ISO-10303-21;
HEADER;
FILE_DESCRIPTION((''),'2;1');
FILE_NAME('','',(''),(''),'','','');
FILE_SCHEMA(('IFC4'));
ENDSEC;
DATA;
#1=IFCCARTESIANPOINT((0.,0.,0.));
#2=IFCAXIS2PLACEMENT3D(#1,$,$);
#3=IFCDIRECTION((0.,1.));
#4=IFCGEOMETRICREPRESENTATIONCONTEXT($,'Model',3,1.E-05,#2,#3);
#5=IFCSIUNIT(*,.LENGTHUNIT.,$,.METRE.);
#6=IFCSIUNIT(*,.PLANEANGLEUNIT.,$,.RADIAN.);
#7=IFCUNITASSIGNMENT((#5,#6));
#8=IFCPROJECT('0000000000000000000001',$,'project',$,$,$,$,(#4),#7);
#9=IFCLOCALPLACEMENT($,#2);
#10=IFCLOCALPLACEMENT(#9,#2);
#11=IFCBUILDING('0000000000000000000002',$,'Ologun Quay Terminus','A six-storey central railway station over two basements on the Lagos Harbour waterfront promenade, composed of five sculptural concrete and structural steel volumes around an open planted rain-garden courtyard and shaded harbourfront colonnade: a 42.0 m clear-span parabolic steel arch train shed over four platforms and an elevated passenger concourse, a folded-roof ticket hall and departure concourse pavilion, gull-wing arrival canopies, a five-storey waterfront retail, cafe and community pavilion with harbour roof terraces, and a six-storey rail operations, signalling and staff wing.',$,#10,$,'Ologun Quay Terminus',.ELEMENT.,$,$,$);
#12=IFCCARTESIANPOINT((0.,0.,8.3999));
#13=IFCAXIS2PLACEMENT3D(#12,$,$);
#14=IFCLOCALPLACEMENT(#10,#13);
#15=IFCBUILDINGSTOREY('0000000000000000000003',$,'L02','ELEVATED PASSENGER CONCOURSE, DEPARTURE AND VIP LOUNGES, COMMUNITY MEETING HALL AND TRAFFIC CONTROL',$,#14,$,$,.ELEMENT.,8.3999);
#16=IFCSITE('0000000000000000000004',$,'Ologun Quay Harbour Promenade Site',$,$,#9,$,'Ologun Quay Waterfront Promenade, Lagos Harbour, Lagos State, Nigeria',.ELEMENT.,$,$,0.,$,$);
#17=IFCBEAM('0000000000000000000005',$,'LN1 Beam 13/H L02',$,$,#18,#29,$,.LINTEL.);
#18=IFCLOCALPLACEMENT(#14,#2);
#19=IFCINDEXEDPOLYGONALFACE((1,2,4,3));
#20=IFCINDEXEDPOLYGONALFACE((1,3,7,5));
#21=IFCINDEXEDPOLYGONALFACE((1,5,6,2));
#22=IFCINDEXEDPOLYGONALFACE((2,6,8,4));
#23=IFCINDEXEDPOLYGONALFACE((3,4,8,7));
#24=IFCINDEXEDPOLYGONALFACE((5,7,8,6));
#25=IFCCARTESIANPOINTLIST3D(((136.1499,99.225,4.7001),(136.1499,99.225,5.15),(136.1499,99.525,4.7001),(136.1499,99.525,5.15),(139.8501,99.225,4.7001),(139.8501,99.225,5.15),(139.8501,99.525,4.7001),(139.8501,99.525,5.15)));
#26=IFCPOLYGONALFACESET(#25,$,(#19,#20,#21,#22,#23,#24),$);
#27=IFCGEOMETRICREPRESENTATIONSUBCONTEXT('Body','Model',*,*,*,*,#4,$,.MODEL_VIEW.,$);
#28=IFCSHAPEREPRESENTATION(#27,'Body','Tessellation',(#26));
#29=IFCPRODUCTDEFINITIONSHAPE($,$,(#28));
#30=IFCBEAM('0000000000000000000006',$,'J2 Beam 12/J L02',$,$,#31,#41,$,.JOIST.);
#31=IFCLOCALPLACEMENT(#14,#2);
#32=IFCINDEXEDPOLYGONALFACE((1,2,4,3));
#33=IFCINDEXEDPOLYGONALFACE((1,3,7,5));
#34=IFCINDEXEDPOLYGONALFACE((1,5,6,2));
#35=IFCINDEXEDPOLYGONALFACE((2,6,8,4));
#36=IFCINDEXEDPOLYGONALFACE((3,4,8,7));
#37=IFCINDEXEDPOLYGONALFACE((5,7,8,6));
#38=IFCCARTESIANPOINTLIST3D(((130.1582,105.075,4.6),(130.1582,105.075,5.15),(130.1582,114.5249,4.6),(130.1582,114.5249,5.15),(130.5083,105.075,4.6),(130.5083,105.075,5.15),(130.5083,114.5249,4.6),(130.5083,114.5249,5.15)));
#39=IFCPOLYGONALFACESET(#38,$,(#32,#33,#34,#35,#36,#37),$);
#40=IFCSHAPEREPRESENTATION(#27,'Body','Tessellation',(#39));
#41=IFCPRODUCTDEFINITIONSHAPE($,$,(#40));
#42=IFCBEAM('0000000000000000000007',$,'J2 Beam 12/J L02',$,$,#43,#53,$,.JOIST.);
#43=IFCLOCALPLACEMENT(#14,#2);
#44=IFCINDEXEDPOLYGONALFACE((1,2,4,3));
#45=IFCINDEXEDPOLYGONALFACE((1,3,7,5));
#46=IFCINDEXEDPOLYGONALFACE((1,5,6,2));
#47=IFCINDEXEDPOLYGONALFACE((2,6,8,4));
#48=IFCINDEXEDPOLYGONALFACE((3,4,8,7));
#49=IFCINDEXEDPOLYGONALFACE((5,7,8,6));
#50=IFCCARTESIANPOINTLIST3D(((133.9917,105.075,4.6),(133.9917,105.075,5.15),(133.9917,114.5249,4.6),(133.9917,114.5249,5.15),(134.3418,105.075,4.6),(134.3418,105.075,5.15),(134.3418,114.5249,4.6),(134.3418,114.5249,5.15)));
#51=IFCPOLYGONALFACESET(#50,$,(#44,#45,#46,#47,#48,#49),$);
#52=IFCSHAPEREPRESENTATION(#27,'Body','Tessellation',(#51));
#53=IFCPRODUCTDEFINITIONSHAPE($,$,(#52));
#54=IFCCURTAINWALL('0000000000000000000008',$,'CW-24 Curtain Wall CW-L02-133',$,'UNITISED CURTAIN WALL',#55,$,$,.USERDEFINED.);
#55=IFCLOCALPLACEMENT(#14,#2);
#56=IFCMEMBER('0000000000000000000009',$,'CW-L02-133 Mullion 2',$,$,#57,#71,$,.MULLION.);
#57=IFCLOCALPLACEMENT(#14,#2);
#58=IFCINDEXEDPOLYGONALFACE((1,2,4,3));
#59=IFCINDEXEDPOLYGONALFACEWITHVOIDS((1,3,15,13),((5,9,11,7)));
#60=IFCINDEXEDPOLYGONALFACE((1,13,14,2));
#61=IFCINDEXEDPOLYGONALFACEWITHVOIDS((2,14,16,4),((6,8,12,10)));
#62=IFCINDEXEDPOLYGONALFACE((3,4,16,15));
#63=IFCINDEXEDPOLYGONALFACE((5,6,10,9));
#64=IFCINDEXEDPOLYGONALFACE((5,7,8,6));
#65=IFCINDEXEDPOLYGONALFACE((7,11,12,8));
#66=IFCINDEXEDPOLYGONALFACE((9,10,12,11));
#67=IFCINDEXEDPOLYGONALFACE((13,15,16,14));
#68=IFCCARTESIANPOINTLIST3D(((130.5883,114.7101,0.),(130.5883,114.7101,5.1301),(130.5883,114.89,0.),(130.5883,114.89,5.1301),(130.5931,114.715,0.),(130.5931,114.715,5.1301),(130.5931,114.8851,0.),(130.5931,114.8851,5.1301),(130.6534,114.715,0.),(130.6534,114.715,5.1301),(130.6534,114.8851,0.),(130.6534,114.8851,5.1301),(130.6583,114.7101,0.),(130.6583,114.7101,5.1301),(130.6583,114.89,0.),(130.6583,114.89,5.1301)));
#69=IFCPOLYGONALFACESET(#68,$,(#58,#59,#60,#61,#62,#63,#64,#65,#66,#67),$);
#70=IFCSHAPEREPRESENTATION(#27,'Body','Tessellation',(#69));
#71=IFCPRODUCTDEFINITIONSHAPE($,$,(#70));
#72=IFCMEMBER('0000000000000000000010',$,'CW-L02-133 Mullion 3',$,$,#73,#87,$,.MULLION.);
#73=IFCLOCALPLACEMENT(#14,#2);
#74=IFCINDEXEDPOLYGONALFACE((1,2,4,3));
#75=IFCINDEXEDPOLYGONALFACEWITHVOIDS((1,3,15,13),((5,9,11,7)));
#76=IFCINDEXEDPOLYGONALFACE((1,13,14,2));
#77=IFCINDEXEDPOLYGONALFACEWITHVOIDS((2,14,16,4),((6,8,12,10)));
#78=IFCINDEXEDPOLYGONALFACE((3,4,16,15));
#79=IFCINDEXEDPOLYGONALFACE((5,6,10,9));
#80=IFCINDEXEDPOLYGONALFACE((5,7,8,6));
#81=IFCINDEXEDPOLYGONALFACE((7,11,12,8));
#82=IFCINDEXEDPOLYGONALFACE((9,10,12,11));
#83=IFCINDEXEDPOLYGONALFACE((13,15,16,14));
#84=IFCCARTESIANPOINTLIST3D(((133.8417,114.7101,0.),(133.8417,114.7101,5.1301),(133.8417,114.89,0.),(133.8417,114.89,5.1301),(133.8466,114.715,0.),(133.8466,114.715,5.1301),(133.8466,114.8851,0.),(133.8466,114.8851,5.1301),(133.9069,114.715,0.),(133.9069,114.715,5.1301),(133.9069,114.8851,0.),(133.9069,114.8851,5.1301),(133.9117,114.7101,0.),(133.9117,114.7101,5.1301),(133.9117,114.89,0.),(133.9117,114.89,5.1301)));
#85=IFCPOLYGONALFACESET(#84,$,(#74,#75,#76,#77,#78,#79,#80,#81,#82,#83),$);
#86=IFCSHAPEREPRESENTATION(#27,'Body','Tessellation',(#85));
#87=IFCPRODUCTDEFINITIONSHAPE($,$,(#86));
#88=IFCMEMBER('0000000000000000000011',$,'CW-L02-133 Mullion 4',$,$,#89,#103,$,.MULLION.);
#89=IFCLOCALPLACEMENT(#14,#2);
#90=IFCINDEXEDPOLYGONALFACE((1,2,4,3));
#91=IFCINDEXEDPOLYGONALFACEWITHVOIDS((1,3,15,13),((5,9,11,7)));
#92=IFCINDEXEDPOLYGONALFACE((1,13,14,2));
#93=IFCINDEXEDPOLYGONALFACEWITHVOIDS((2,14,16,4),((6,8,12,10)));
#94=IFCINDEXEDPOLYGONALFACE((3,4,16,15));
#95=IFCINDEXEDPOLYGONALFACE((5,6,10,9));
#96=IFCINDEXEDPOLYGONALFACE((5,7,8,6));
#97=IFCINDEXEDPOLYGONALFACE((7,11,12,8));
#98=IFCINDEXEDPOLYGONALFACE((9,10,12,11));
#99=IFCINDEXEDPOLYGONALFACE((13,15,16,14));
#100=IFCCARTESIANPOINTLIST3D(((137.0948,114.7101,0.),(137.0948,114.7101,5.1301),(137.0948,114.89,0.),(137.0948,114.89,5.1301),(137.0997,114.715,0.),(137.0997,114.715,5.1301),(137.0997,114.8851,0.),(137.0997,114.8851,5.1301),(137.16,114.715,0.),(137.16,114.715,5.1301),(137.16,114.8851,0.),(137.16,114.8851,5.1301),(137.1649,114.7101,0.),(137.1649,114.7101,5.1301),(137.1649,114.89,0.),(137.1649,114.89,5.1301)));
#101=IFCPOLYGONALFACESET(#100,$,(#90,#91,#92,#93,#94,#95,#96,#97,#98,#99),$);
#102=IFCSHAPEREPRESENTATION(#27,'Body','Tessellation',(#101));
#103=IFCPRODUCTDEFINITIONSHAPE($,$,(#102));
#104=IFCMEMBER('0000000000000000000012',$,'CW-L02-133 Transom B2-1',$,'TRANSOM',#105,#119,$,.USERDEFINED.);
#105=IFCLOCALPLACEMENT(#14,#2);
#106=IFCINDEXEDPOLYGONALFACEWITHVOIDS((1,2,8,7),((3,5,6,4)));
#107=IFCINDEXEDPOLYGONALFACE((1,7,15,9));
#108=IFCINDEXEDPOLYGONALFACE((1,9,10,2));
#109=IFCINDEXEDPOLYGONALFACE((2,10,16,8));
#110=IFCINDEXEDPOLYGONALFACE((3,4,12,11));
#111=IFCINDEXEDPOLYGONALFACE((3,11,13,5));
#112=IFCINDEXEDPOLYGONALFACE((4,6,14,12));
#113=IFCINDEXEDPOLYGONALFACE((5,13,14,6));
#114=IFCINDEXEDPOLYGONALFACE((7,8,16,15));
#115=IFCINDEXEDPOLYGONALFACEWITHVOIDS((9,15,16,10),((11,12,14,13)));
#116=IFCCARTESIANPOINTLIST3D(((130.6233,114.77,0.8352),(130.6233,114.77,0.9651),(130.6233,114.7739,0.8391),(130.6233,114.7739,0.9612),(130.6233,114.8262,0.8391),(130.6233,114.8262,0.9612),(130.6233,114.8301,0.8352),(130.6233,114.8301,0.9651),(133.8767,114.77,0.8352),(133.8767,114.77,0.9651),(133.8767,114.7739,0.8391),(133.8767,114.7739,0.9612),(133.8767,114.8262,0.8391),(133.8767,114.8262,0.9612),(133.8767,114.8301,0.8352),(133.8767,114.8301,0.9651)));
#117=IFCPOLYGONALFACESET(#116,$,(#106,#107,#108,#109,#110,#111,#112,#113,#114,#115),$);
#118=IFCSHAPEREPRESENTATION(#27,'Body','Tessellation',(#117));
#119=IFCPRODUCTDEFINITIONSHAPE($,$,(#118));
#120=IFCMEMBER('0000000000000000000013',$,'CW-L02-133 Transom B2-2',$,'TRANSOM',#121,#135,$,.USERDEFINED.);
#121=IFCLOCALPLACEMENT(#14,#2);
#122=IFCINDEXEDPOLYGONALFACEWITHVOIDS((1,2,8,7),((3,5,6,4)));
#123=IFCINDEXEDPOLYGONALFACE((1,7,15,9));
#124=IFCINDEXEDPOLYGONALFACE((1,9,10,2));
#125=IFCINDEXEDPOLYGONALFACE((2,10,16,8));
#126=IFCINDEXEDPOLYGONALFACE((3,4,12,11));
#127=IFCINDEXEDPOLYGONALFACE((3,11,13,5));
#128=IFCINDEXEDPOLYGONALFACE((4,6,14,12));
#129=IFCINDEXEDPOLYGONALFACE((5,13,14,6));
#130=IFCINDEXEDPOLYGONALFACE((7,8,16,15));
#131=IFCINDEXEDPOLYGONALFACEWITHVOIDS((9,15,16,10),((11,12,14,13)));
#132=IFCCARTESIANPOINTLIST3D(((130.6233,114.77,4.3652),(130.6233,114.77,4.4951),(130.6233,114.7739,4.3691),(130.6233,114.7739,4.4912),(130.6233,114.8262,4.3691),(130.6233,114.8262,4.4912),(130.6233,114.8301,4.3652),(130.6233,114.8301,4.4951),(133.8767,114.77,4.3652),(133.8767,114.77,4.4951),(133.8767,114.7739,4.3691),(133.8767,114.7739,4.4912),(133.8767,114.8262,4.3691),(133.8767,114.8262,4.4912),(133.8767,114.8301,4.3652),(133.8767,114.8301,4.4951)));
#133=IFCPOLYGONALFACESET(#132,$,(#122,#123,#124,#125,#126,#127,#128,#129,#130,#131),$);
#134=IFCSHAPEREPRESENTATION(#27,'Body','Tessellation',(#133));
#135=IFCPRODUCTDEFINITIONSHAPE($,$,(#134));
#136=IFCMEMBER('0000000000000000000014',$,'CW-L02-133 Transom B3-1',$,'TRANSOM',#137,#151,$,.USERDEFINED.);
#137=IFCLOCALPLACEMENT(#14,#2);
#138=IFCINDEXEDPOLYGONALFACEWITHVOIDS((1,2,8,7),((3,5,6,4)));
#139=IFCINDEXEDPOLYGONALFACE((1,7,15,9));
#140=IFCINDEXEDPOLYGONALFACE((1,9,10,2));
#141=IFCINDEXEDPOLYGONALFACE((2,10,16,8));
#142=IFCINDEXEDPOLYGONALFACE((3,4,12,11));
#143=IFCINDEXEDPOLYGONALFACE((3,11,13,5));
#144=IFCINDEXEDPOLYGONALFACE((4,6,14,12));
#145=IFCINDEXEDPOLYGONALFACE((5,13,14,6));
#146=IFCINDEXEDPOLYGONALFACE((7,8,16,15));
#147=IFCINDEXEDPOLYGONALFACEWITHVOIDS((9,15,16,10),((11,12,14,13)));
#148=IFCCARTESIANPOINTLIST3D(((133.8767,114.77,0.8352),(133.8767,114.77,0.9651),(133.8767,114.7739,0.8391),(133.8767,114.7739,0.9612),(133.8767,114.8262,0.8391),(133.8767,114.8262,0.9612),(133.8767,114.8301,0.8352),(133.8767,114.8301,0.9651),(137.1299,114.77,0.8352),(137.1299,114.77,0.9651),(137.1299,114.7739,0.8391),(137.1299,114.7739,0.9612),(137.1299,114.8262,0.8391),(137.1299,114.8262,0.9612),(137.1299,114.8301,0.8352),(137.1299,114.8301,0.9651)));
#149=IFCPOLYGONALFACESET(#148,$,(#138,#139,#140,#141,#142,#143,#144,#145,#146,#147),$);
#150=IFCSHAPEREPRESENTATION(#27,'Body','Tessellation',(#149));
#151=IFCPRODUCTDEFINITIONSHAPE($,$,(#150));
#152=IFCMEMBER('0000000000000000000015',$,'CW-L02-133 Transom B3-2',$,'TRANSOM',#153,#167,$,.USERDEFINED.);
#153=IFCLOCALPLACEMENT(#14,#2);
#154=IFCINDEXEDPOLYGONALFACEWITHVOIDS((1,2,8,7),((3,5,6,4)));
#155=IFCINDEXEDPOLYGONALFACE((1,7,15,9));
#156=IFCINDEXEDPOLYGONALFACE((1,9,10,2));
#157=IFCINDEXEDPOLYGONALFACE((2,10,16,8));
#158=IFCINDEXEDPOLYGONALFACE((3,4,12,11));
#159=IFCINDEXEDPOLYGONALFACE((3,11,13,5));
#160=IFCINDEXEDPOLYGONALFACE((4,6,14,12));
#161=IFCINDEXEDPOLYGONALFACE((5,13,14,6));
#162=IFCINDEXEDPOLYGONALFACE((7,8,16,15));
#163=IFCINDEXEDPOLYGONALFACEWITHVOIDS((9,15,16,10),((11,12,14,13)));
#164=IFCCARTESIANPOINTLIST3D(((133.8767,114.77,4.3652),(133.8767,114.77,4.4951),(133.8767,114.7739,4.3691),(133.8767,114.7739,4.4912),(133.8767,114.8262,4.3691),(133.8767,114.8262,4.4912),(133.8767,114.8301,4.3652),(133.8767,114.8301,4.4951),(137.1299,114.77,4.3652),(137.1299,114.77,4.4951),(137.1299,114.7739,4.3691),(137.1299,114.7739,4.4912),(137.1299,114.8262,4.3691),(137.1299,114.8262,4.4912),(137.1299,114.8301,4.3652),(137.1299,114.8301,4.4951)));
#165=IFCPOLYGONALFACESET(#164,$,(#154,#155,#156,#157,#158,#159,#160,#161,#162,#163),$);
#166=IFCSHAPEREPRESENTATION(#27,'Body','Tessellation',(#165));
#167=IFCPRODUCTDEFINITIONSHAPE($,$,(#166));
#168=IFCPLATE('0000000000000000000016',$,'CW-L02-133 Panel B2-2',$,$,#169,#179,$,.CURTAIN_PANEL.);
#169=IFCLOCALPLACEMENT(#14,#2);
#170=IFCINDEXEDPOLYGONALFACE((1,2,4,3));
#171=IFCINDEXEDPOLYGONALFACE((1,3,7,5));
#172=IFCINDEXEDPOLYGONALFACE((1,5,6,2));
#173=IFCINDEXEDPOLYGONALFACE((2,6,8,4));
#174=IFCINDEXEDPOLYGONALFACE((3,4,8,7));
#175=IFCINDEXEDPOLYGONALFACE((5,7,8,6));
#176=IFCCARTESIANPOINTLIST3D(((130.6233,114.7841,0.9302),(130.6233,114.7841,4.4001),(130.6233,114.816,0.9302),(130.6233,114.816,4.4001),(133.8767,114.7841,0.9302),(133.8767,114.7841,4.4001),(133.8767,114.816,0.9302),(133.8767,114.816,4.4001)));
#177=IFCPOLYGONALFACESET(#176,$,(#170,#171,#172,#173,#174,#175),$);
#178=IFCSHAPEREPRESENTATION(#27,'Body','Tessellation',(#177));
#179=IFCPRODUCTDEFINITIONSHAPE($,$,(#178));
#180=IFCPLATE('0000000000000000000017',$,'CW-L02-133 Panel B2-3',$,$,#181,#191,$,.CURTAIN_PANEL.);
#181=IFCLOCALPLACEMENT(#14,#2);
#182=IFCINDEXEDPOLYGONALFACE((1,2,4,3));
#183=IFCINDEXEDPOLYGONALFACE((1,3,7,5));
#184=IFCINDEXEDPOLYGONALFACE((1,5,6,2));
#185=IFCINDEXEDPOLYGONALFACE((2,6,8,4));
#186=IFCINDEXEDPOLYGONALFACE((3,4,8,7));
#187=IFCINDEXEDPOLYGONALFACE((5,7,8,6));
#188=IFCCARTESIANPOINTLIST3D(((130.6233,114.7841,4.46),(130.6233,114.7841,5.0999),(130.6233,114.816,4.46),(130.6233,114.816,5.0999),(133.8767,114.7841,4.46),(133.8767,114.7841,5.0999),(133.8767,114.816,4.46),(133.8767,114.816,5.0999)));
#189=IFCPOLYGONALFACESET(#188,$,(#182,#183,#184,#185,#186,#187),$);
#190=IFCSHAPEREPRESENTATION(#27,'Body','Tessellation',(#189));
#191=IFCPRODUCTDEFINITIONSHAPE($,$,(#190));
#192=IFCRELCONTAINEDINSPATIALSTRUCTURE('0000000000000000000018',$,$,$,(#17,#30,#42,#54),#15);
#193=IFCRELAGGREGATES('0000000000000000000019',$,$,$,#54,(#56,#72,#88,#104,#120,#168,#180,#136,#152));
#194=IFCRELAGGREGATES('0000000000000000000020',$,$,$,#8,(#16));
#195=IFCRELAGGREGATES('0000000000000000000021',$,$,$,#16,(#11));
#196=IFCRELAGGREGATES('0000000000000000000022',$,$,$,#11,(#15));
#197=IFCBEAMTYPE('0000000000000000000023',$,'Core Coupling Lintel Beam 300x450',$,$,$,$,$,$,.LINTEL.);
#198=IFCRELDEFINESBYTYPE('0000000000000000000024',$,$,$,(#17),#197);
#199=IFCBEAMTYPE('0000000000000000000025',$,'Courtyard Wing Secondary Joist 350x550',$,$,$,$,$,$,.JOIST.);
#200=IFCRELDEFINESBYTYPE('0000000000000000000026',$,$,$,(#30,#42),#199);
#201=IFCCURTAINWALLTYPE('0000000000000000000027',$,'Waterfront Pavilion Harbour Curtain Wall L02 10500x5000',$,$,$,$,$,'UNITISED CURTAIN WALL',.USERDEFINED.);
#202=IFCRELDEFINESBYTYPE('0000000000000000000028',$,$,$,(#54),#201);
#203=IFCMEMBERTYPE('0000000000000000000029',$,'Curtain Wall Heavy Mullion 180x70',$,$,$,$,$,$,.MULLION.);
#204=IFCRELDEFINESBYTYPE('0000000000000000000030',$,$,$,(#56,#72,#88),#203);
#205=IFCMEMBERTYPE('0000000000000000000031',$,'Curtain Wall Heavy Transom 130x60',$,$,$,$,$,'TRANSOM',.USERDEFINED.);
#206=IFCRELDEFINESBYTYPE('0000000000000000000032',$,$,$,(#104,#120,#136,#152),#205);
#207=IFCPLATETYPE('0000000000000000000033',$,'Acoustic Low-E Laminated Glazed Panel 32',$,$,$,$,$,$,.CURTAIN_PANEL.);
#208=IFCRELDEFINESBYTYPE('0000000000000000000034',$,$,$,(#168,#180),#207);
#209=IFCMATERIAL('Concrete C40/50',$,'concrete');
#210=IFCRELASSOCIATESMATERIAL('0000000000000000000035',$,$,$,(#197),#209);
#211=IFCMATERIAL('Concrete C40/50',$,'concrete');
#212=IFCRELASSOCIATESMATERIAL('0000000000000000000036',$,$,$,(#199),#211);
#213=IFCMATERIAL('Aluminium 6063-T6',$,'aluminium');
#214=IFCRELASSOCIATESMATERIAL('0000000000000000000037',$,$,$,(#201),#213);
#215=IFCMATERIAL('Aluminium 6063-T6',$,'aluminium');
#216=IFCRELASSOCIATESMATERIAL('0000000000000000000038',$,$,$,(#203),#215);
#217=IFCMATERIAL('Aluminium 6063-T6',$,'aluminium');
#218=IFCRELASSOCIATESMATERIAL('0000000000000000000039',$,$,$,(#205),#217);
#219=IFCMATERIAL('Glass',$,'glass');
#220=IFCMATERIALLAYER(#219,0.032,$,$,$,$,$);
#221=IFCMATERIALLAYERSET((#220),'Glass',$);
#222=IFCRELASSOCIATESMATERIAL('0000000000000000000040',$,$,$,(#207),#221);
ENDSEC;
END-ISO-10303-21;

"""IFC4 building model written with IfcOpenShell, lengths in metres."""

from ifc_helpers import new_model, si_unit, direction, frame, origin, origin_2d, place, context, subcontext, project, spatial, rectangle, hollow_rectangle, extrude, material, layer, layer_set, material_profile, profile_set, type_object, element, aggregate, save


model = new_model("IFC4")

# Units and contexts
model_context = context("Model", 3, precision=1e-05, world=origin(), true_north=direction((0.0, 1.0)))
body_context = subcontext(model_context, "Body", "Model", "MODEL_VIEW")
ifc_project = project(units=[si_unit("LENGTHUNIT", "METRE"), si_unit("PLANEANGLEUNIT", "RADIAN")], contexts=[model_context])

# Site, building, storey
site_placement = place(None, origin())
site = spatial("IfcSite", under=ifc_project, at=site_placement, Name="Ologun Quay Harbour Promenade Site", LongName="Ologun Quay Waterfront Promenade, Lagos Harbour, Lagos State, Nigeria", CompositionType="ELEMENT", RefElevation=0.0)
building_placement = place(site_placement, origin())
building = spatial("IfcBuilding", under=site, at=building_placement, Name="Ologun Quay Terminus", Description="A six-storey central railway station over two basements on the Lagos Harbour waterfront promenade, composed of five sculptural concrete and structural steel volumes around an open planted rain-garden courtyard and shaded harbourfront colonnade: a 42.0 m clear-span parabolic steel arch train shed over four platforms and an elevated passenger concourse, a folded-roof ticket hall and departure concourse pavilion, gull-wing arrival canopies, a five-storey waterfront retail, cafe and community pavilion with harbour roof terraces, and a six-storey rail operations, signalling and staff wing.", LongName="Ologun Quay Terminus", CompositionType="ELEMENT")
storey_placement = place(building_placement, frame((0.0, 0.0, 8.3999)))
storey = spatial("IfcBuildingStorey", under=building, at=storey_placement, Name="L02", Description="ELEVATED PASSENGER CONCOURSE, DEPARTURE AND VIP LOUNGES, COMMUNITY MEETING HALL AND TRAFFIC CONTROL", CompositionType="ELEMENT", Elevation=8.3999)

# Beams
ifc_material_1 = material(Name="Concrete C40/50", Category="concrete")
ifc_material_profile_1 = material_profile(ifc_material_1, rectangle(XDim=0.3, YDim=0.45, at=origin_2d()), Name="RC 300x450")
ifc_profile_set_1 = profile_set([ifc_material_profile_1], Name="Concrete C40/50")
beam_type_1 = type_object("IfcBeamType", Name="Core Coupling Lintel Beam 300x450", PredefinedType="LINTEL", material=ifc_profile_set_1)
beam_placement = place(storey_placement, frame((136.1499, 99.375, 4.925), z_axis=(1.0, 0.0, 0.0), x_axis=(0.0, 1.0, 0.0)))
element("IfcBeam", 1, at=beam_placement, inside=storey, type_object=beam_type_1, Name="LN1 Beam 13/H L02", PredefinedType="LINTEL", context=body_context, shape_type="SweptSolid", body=[
    extrude(rectangle(XDim=0.3, YDim=0.45, at=origin_2d()), origin(), (0.0, 0.0, 1.0), 3.7002),
])
ifc_material_2 = material(Name="Concrete C40/50", Category="concrete")
ifc_material_profile_2 = material_profile(ifc_material_2, rectangle(XDim=0.3501, YDim=0.55, at=origin_2d()), Name="RC 350x550")
ifc_profile_set_2 = profile_set([ifc_material_profile_2], Name="Concrete C40/50")
beam_type_2 = type_object("IfcBeamType", Name="Courtyard Wing Secondary Joist 350x550", PredefinedType="JOIST", material=ifc_profile_set_2)
for number, where, z_axis, x_axis, name in (
    (2, (130.3333, 105.075, 4.875), (0.0, 1.0, 0.0), (-1.0, 0.0, 0.0), "J2 Beam 12/J L02"),
    (3, (134.1667, 105.075, 4.875), (0.0, 1.0, 0.0), (-1.0, 0.0, 0.0), "J2 Beam 12/J L02"),
):
    element("IfcBeam", number, at=place(storey_placement, frame(where, z_axis=z_axis, x_axis=x_axis)), inside=storey, type_object=beam_type_2, Name=name, PredefinedType="JOIST", context=body_context, shape_type="SweptSolid", body=[
        extrude(rectangle(XDim=0.3501, YDim=0.55, at=origin_2d()), origin(), (0.0, 0.0, 1.0), 9.45),
    ])

# Curtain wall, members, plates
ifc_material_3 = material(Name="Aluminium 6063-T6", Category="aluminium")
curtain_wall_type = type_object("IfcCurtainWallType", Name="Waterfront Pavilion Harbour Curtain Wall L02 10500x5000", ElementType="UNITISED CURTAIN WALL", PredefinedType="USERDEFINED", material=ifc_material_3)
curtain_wall_placement = place(storey_placement, origin())
curtain_wall = element("IfcCurtainWall", 4, at=curtain_wall_placement, inside=storey, type_object=curtain_wall_type, Name="CW-24 Curtain Wall CW-L02-133", ObjectType="UNITISED CURTAIN WALL", PredefinedType="USERDEFINED")
ifc_material_4 = material(Name="Aluminium 6063-T6", Category="aluminium")
ifc_material_profile_3 = material_profile(ifc_material_4, hollow_rectangle(XDim=0.0701, YDim=0.1799, WallThickness=0.0049, at=origin_2d()), Name="ALU 180x70x5")
ifc_profile_set_3 = profile_set([ifc_material_profile_3], Name="Aluminium 6063-T6")
member_type_1 = type_object("IfcMemberType", Name="Curtain Wall Heavy Mullion 180x70", PredefinedType="MULLION", material=ifc_profile_set_3)
member_1_placement = place(storey_placement, frame((130.6233, 114.8, 0.0), z_axis=(0.0, 0.0, 1.0), x_axis=(1.0, 0.0, 0.0)))
member_1 = element("IfcMember", 5, at=member_1_placement, type_object=member_type_1, Name="CW-L02-133 Mullion 2", PredefinedType="MULLION", context=body_context, shape_type="SweptSolid", body=[
    extrude(hollow_rectangle(XDim=0.0701, YDim=0.1799, WallThickness=0.0049, at=origin_2d()), origin(), (0.0, 0.0, 1.0), 5.1301),
])
member_2_placement = place(storey_placement, frame((133.8767, 114.8, 0.0), z_axis=(0.0, 0.0, 1.0), x_axis=(1.0, 0.0, 0.0)))
member_2 = element("IfcMember", 6, at=member_2_placement, type_object=member_type_1, Name="CW-L02-133 Mullion 3", PredefinedType="MULLION", context=body_context, shape_type="SweptSolid", body=[
    extrude(hollow_rectangle(XDim=0.0701, YDim=0.1799, WallThickness=0.0049, at=origin_2d()), origin(), (0.0, 0.0, 1.0), 5.1301),
])
member_3_placement = place(storey_placement, frame((137.1299, 114.8, 0.0), z_axis=(0.0, 0.0, 1.0), x_axis=(1.0, 0.0, 0.0)))
member_3 = element("IfcMember", 7, at=member_3_placement, type_object=member_type_1, Name="CW-L02-133 Mullion 4", PredefinedType="MULLION", context=body_context, shape_type="SweptSolid", body=[
    extrude(hollow_rectangle(XDim=0.0701, YDim=0.1799, WallThickness=0.0049, at=origin_2d()), origin(), (0.0, 0.0, 1.0), 5.1301),
])
ifc_material_5 = material(Name="Aluminium 6063-T6", Category="aluminium")
ifc_material_profile_4 = material_profile(ifc_material_5, hollow_rectangle(XDim=0.0601, YDim=0.1299, WallThickness=0.0039, at=origin_2d()), Name="ALU 130x60x4")
ifc_profile_set_4 = profile_set([ifc_material_profile_4], Name="Aluminium 6063-T6")
member_type_2 = type_object("IfcMemberType", Name="Curtain Wall Heavy Transom 130x60", ElementType="TRANSOM", PredefinedType="USERDEFINED", material=ifc_profile_set_4)
member_4_placement = place(storey_placement, frame((130.6233, 114.8, 0.9001), z_axis=(1.0, 0.0, 0.0), x_axis=(0.0, 1.0, 0.0)))
member_4 = element("IfcMember", 8, at=member_4_placement, type_object=member_type_2, Name="CW-L02-133 Transom B2-1", ObjectType="TRANSOM", PredefinedType="USERDEFINED", context=body_context, shape_type="SweptSolid", body=[
    extrude(hollow_rectangle(XDim=0.0601, YDim=0.1299, WallThickness=0.0039, at=origin_2d()), origin(), (0.0, 0.0, 1.0), 3.2534),
])
member_5_placement = place(storey_placement, frame((130.6233, 114.8, 4.4302), z_axis=(1.0, 0.0, 0.0), x_axis=(0.0, 1.0, 0.0)))
member_5 = element("IfcMember", 9, at=member_5_placement, type_object=member_type_2, Name="CW-L02-133 Transom B2-2", ObjectType="TRANSOM", PredefinedType="USERDEFINED", context=body_context, shape_type="SweptSolid", body=[
    extrude(hollow_rectangle(XDim=0.0601, YDim=0.1299, WallThickness=0.0039, at=origin_2d()), origin(), (0.0, 0.0, 1.0), 3.2534),
])
member_6_placement = place(storey_placement, frame((133.8767, 114.8, 0.9001), z_axis=(1.0, 0.0, 0.0), x_axis=(0.0, 1.0, 0.0)))
member_6 = element("IfcMember", 10, at=member_6_placement, type_object=member_type_2, Name="CW-L02-133 Transom B3-1", ObjectType="TRANSOM", PredefinedType="USERDEFINED", context=body_context, shape_type="SweptSolid", body=[
    extrude(hollow_rectangle(XDim=0.0601, YDim=0.1299, WallThickness=0.0039, at=origin_2d()), origin(), (0.0, 0.0, 1.0), 3.2532),
])
member_7_placement = place(storey_placement, frame((133.8767, 114.8, 4.4302), z_axis=(1.0, 0.0, 0.0), x_axis=(0.0, 1.0, 0.0)))
member_7 = element("IfcMember", 11, at=member_7_placement, type_object=member_type_2, Name="CW-L02-133 Transom B3-2", ObjectType="TRANSOM", PredefinedType="USERDEFINED", context=body_context, shape_type="SweptSolid", body=[
    extrude(hollow_rectangle(XDim=0.0601, YDim=0.1299, WallThickness=0.0039, at=origin_2d()), origin(), (0.0, 0.0, 1.0), 3.2532),
])
ifc_material_6 = material(Name="Glass", Category="glass")
ifc_layer_1 = layer(ifc_material_6, 0.032)
ifc_layer_set_1 = layer_set([ifc_layer_1], Name="Glass")
plate_type_1 = type_object("IfcPlateType", Name="Acoustic Low-E Laminated Glazed Panel 32", PredefinedType="CURTAIN_PANEL", material=ifc_layer_set_1)
plate_1_placement = place(storey_placement, frame((132.25, 114.8, 0.9302), z_axis=(0.0, 0.0, 1.0), x_axis=(1.0, 0.0, 0.0)))
plate_1 = element("IfcPlate", 12, at=plate_1_placement, type_object=plate_type_1, Name="CW-L02-133 Panel B2-2", PredefinedType="CURTAIN_PANEL", context=body_context, shape_type="SweptSolid", body=[
    extrude(rectangle(XDim=3.2534, YDim=0.032, at=origin_2d()), origin(), (0.0, 0.0, 1.0), 3.47),
])
plate_2_placement = place(storey_placement, frame((132.25, 114.8, 4.46), z_axis=(0.0, 0.0, 1.0), x_axis=(1.0, 0.0, 0.0)))
plate_2 = element("IfcPlate", 13, at=plate_2_placement, type_object=plate_type_1, Name="CW-L02-133 Panel B2-3", PredefinedType="CURTAIN_PANEL", context=body_context, shape_type="SweptSolid", body=[
    extrude(rectangle(XDim=3.2534, YDim=0.032, at=origin_2d()), origin(), (0.0, 0.0, 1.0), 0.6399),
])
aggregate(curtain_wall, [member_1, member_2, member_3, member_4, member_5, plate_1, plate_2, member_6, member_7])

save(model, "model.ifc")
